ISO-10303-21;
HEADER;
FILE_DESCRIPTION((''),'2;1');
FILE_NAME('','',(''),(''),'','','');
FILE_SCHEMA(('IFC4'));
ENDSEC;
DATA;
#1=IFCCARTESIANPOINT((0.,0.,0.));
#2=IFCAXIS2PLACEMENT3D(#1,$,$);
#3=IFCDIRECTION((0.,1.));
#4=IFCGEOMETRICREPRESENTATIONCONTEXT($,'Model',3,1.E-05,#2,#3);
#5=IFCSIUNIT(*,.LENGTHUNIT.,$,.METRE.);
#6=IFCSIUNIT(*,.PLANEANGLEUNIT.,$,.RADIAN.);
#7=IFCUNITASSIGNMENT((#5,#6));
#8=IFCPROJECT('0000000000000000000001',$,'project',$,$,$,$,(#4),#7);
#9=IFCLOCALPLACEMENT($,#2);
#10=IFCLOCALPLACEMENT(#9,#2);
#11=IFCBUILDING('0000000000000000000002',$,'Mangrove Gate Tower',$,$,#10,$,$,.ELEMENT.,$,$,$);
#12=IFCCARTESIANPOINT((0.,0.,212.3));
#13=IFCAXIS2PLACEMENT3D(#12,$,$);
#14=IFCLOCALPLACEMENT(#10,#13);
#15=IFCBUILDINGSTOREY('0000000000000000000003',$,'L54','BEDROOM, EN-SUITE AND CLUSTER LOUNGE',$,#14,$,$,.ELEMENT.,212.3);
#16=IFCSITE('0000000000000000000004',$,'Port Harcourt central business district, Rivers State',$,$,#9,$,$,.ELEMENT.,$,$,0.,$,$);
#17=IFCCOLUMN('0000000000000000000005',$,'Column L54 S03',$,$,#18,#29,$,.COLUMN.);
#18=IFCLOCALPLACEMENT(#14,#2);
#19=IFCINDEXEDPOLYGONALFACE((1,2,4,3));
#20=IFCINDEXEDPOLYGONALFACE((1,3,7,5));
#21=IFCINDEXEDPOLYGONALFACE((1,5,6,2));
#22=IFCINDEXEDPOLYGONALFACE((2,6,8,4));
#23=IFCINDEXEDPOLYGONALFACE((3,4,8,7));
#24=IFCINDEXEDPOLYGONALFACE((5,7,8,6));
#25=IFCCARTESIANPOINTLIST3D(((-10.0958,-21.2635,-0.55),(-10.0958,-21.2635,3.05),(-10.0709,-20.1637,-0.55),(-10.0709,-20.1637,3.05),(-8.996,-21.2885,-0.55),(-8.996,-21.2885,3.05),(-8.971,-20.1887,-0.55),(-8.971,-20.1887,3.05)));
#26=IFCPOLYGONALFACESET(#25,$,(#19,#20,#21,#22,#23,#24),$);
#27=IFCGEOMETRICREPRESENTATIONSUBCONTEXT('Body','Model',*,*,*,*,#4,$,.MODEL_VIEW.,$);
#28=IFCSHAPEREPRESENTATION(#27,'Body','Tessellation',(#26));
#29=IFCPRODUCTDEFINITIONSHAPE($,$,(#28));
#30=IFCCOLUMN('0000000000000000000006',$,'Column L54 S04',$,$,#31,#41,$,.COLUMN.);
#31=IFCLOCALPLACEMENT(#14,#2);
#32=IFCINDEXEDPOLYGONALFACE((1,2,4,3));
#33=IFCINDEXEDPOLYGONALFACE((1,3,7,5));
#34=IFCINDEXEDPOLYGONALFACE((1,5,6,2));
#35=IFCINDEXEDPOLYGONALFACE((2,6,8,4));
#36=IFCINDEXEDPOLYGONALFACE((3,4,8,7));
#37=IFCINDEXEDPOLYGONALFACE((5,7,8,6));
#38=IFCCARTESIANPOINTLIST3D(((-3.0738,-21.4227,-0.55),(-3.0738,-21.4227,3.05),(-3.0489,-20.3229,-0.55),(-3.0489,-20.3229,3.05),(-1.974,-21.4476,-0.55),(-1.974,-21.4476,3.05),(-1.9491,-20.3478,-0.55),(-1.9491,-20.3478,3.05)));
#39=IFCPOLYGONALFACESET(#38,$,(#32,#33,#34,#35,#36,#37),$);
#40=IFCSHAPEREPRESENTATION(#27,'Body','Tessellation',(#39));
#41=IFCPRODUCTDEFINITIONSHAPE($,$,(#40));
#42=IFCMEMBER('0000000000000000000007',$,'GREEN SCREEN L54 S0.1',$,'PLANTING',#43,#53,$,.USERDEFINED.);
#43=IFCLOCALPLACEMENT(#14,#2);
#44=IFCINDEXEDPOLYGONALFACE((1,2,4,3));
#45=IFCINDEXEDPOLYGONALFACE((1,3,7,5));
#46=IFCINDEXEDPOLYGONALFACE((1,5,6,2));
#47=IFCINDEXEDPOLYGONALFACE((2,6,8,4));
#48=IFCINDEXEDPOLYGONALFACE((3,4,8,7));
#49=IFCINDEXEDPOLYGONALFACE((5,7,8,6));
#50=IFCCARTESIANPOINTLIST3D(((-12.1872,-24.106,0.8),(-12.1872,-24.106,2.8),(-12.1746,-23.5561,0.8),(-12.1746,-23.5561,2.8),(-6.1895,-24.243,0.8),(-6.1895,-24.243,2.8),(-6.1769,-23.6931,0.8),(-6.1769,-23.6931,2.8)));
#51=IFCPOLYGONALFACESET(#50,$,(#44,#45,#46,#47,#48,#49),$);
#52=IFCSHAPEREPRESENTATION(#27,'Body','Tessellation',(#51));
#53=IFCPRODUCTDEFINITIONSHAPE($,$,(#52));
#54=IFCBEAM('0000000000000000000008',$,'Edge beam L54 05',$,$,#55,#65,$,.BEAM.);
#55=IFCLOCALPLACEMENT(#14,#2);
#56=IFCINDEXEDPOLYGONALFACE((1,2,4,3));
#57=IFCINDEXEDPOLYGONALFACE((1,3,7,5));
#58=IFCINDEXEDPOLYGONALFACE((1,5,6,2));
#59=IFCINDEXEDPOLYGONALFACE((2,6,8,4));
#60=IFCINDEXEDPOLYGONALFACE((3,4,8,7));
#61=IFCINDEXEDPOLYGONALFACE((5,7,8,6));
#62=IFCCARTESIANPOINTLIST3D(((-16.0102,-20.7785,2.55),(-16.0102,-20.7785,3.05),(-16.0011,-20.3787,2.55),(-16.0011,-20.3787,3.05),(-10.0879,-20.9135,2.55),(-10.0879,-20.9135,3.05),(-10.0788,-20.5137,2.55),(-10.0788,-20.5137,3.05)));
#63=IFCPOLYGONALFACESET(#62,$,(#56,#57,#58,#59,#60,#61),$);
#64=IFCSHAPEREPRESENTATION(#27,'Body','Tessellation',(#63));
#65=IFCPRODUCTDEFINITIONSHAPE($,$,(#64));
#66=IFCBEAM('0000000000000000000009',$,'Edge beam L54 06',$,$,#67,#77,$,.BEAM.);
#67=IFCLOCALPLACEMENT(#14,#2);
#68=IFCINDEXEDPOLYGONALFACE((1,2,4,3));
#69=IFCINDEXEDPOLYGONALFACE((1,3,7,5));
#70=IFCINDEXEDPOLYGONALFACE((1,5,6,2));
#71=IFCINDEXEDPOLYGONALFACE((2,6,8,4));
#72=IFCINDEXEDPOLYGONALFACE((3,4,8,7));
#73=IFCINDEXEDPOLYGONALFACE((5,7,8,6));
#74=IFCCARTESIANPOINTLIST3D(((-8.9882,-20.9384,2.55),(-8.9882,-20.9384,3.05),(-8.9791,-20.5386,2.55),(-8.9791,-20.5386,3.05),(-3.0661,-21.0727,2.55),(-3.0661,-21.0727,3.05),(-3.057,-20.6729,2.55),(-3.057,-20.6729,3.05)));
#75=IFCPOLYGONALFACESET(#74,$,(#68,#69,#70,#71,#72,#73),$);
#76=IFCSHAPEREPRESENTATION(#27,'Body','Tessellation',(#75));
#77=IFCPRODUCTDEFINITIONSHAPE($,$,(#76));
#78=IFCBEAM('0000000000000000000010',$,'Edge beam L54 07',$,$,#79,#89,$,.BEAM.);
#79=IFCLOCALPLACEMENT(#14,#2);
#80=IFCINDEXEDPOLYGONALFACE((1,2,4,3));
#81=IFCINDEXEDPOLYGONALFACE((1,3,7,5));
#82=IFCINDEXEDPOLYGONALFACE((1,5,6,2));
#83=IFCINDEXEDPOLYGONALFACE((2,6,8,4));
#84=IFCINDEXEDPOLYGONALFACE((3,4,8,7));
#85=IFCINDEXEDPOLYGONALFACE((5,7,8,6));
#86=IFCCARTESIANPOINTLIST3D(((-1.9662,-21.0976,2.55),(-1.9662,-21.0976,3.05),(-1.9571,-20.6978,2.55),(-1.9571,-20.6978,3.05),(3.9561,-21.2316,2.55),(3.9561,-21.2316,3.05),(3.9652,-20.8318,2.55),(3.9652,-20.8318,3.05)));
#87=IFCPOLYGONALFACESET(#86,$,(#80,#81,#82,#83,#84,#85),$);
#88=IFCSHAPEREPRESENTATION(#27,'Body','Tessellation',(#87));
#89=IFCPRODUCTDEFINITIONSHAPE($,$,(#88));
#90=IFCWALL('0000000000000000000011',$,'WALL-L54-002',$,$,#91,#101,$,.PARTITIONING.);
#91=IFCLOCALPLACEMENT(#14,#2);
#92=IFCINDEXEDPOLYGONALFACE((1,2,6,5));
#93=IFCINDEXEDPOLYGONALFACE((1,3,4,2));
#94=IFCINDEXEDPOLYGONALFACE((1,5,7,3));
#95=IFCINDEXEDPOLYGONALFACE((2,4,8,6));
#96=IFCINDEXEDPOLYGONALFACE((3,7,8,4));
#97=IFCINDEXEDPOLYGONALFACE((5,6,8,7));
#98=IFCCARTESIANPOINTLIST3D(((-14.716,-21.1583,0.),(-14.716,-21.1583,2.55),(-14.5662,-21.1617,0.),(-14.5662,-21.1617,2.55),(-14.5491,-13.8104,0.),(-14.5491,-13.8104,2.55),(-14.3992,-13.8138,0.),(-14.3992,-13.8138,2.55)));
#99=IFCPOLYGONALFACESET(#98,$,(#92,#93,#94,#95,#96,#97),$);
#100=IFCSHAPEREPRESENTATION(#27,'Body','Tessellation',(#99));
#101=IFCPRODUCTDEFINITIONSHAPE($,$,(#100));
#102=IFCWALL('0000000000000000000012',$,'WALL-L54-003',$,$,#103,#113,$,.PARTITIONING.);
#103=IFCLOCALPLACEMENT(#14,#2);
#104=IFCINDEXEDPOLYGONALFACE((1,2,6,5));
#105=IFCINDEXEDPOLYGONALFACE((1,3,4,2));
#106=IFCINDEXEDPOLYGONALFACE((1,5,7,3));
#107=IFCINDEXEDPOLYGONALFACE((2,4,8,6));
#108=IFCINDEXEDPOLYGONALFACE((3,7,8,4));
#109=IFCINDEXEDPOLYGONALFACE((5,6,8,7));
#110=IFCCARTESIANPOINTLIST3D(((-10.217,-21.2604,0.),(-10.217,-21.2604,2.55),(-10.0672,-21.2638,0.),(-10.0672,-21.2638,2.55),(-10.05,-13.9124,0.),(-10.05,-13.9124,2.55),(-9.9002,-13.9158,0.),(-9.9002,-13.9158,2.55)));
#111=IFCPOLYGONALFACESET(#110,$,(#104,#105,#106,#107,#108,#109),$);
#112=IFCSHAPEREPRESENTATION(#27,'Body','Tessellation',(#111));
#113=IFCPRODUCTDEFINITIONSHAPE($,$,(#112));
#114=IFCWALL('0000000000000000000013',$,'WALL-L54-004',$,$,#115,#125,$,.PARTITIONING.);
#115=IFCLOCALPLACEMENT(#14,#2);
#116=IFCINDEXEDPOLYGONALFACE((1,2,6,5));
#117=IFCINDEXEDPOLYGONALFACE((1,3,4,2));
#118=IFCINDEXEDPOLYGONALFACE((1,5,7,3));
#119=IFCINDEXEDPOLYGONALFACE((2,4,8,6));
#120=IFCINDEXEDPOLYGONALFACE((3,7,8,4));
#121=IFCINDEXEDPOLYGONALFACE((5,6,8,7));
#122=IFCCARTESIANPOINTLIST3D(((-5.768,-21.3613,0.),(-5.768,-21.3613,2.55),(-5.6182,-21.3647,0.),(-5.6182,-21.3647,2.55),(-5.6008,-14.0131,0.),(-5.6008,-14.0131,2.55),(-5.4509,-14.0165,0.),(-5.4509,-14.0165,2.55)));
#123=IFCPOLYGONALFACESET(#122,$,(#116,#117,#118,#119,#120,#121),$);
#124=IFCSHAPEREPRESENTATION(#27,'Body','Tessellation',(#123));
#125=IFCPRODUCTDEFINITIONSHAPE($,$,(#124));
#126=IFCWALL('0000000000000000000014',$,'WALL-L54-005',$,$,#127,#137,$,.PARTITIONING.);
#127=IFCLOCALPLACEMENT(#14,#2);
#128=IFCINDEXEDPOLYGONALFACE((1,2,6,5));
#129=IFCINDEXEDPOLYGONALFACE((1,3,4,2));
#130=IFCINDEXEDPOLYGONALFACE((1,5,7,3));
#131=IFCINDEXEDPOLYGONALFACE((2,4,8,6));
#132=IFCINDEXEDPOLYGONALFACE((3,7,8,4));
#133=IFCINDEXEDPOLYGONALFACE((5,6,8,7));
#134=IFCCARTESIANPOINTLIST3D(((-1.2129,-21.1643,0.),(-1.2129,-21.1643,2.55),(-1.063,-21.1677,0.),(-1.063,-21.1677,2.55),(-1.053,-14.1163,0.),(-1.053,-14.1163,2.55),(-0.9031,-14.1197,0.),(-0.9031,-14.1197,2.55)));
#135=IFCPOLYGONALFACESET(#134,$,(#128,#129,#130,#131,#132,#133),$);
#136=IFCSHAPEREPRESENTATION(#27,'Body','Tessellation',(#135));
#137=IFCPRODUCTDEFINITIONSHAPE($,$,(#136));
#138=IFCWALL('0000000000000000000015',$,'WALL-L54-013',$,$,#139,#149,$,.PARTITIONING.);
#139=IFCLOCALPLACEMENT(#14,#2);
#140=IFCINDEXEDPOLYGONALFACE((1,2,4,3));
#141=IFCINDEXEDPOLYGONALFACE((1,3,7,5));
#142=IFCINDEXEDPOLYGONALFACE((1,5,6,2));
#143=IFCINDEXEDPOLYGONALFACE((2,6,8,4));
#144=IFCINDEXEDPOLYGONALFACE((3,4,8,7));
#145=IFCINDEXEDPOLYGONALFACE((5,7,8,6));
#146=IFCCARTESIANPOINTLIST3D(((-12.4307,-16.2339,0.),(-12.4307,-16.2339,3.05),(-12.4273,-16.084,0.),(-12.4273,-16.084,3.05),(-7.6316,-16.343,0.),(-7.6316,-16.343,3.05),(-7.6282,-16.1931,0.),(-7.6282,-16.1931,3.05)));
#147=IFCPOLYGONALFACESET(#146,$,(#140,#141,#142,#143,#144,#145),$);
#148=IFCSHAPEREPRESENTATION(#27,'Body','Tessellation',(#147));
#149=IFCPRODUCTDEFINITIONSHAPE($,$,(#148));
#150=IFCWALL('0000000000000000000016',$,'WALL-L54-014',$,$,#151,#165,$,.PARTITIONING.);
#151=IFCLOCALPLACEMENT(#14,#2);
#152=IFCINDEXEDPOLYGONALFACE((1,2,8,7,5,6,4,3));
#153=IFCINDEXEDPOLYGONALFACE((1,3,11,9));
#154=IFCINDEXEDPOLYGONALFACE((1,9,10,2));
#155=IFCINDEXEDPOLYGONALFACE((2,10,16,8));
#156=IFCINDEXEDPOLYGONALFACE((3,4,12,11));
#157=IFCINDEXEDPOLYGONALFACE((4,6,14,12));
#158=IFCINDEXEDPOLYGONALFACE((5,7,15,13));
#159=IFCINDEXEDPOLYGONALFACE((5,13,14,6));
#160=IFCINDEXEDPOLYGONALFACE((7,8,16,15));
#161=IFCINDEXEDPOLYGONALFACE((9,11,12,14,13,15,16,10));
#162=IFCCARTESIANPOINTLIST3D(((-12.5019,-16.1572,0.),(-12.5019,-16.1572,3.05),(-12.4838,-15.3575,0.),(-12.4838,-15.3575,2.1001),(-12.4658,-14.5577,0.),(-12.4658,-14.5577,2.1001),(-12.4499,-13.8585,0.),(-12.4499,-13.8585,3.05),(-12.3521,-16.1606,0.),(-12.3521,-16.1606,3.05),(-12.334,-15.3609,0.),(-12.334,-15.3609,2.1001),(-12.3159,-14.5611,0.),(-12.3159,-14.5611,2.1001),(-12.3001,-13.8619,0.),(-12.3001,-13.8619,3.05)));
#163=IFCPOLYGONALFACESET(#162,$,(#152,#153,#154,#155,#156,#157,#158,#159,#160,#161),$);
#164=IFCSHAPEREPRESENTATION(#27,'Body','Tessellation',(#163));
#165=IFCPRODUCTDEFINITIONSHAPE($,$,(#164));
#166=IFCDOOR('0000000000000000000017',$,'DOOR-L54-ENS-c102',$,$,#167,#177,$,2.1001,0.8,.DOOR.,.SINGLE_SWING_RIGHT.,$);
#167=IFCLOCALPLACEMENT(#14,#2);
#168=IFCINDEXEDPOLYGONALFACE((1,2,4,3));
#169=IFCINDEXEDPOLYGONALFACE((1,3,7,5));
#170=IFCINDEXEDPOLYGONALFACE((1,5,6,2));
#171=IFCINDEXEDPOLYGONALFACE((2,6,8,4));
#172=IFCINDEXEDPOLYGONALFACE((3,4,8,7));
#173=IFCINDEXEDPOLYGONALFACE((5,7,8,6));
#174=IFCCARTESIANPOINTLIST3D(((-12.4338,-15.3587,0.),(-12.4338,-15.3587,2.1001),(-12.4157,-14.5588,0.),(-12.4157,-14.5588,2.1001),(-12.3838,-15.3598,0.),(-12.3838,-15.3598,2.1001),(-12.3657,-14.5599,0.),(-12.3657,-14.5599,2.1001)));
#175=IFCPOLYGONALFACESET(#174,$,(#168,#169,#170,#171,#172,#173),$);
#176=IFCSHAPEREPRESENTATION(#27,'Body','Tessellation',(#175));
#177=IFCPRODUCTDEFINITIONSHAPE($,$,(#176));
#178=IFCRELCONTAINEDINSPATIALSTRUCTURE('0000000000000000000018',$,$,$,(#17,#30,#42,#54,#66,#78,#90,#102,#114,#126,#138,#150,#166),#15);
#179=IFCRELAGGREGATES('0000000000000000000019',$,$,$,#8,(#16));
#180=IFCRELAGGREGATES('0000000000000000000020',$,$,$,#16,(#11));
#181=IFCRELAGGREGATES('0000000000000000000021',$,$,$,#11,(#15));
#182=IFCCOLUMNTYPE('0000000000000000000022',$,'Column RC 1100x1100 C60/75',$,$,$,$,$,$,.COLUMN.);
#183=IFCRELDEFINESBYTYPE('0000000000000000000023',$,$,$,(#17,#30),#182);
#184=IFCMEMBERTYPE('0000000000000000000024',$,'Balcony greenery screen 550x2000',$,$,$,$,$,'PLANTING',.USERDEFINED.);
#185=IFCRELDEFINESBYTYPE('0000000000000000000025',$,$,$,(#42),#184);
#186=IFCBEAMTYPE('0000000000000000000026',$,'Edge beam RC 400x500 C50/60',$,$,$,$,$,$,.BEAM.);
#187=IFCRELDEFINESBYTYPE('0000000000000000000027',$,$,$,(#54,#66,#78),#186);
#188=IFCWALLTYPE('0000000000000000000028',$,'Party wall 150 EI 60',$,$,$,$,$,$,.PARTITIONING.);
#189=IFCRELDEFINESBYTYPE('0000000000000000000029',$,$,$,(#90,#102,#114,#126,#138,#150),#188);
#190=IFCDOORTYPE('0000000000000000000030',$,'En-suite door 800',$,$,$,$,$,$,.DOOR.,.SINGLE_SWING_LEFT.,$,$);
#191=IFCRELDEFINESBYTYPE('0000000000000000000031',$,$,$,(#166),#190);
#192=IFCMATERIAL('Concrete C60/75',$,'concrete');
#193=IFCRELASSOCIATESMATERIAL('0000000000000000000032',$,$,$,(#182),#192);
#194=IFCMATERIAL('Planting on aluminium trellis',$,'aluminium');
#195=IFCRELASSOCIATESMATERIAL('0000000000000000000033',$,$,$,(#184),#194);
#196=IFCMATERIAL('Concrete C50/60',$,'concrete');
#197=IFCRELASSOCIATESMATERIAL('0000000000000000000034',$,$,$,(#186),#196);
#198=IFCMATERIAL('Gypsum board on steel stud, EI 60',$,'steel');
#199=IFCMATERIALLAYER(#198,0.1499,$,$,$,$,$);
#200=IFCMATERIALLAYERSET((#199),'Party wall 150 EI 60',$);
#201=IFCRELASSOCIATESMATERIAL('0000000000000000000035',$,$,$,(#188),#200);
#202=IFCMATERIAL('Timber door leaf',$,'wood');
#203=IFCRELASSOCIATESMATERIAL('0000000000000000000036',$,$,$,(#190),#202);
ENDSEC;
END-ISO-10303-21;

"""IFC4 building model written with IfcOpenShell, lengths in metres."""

from ifc_helpers import new_model, si_unit, direction, frame, frame_2d, origin, origin_2d, place, context, subcontext, project, spatial, rectangle, extrude, material, layer, layer_set, material_profile, profile_set, type_object, element, fill, save


model = new_model("IFC4")

# Units and contexts
model_context = context("Model", 3, precision=1e-05, world=origin(), true_north=direction((0.0, 1.0)))
body_context = subcontext(model_context, "Body", "Model", "MODEL_VIEW")
ifc_project = project(units=[si_unit("LENGTHUNIT", "METRE"), si_unit("PLANEANGLEUNIT", "RADIAN")], contexts=[model_context])

# Site, building, storey
site_placement = place(None, origin())
site = spatial("IfcSite", under=ifc_project, at=site_placement, Name="Port Harcourt central business district, Rivers State", CompositionType="ELEMENT", RefElevation=0.0)
building_placement = place(site_placement, origin())
building = spatial("IfcBuilding", under=site, at=building_placement, Name="Mangrove Gate Tower", CompositionType="ELEMENT")
storey_placement = place(building_placement, frame((0.0, 0.0, 212.3)))
storey = spatial("IfcBuildingStorey", under=building, at=storey_placement, Name="L54", Description="BEDROOM, EN-SUITE AND CLUSTER LOUNGE", CompositionType="ELEMENT", Elevation=212.3)

# Columns
ifc_material_1 = material(Name="Concrete C60/75", Category="concrete")
ifc_material_profile_1 = material_profile(ifc_material_1, rectangle(XDim=1.1001, YDim=1.1001, at=origin_2d()))
ifc_profile_set_1 = profile_set([ifc_material_profile_1], Name="Concrete C60/75")
column_type = type_object("IfcColumnType", Name="Column RC 1100x1100 C60/75", PredefinedType="COLUMN", material=ifc_profile_set_1)
for number, where, z_axis, x_axis, name in (
    (1, (-9.5334, -20.7261, -0.55), (0.0, 0.0, 1.0), (0.999742, -0.022708, 0.0), "Column L54 S03"),
    (2, (-2.5115, -20.8853, -0.55), (0.0, 0.0, 1.0), (0.999744, -0.022637, 0.0), "Column L54 S04"),
):
    element("IfcColumn", number, at=place(storey_placement, frame(where, z_axis=z_axis, x_axis=x_axis)), inside=storey, type_object=column_type, Name=name, PredefinedType="COLUMN", context=body_context, shape_type="SweptSolid", body=[
        extrude(rectangle(XDim=1.1001, YDim=1.1001, at=origin_2d()), origin(), (0.0, 0.0, 1.0), 3.6001),
    ])

# Member
ifc_material_2 = material(Name="Planting on aluminium trellis", Category="aluminium")
ifc_material_profile_2 = material_profile(ifc_material_2, rectangle(XDim=0.55, YDim=2.0, at=origin_2d()))
ifc_profile_set_2 = profile_set([ifc_material_profile_2], Name="Planting on aluminium trellis")
member_type = type_object("IfcMemberType", Name="Balcony greenery screen 550x2000", ElementType="PLANTING", PredefinedType="USERDEFINED", material=ifc_profile_set_2)
member_placement = place(storey_placement, frame((-12.1809, -23.8311, 1.8), z_axis=(0.999739, -0.02283, 0.0), x_axis=(0.02283, 0.999739, 0.0)))
element("IfcMember", 3, at=member_placement, inside=storey, type_object=member_type, Name="GREEN SCREEN L54 S0.1", ObjectType="PLANTING", PredefinedType="USERDEFINED", context=body_context, shape_type="SweptSolid", body=[
    extrude(rectangle(XDim=0.55, YDim=2.0, at=origin_2d()), origin(), (0.0, 0.0, 1.0), 5.9993),
])

# Beams
ifc_material_3 = material(Name="Concrete C50/60", Category="concrete")
ifc_material_profile_3 = material_profile(ifc_material_3, rectangle(XDim=0.3999, YDim=0.5, at=origin_2d()))
ifc_profile_set_3 = profile_set([ifc_material_profile_3], Name="Concrete C50/60")
beam_type = type_object("IfcBeamType", Name="Edge beam RC 400x500 C50/60", PredefinedType="BEAM", material=ifc_profile_set_3)
beam_1_placement = place(storey_placement, frame((-16.0056, -20.5786, 2.8), z_axis=(0.99974, -0.022791, 0.0), x_axis=(0.022791, 0.99974, 0.0)))
element("IfcBeam", 4, at=beam_1_placement, inside=storey, type_object=beam_type, Name="Edge beam L54 05", PredefinedType="BEAM", context=body_context, shape_type="SweptSolid", body=[
    extrude(rectangle(XDim=0.3999, YDim=0.5, at=origin_2d()), origin(), (0.0, 0.0, 1.0), 5.9238),
])
beam_2_placement = place(storey_placement, frame((-8.9836, -20.7385, 2.8), z_axis=(0.999743, -0.022668, 0.0), x_axis=(0.022668, 0.999743, 0.0)))
element("IfcBeam", 5, at=beam_2_placement, inside=storey, type_object=beam_type, Name="Edge beam L54 06", PredefinedType="BEAM", context=body_context, shape_type="SweptSolid", body=[
    extrude(rectangle(XDim=0.3999, YDim=0.5, at=origin_2d()), origin(), (0.0, 0.0, 1.0), 5.9236),
])
beam_3_placement = place(storey_placement, frame((-1.9617, -20.8977, 2.8), z_axis=(0.999744, -0.022626, 0.0), x_axis=(0.022626, 0.999744, 0.0)))
element("IfcBeam", 6, at=beam_3_placement, inside=storey, type_object=beam_type, Name="Edge beam L54 07", PredefinedType="BEAM", context=body_context, shape_type="SweptSolid", body=[
    extrude(rectangle(XDim=0.3999, YDim=0.5, at=origin_2d()), origin(), (0.0, 0.0, 1.0), 5.9238),
])

# Walls
ifc_material_4 = material(Name="Gypsum board on steel stud, EI 60", Category="steel")
ifc_layer_1 = layer(ifc_material_4, 0.1499)
ifc_layer_set_1 = layer_set([ifc_layer_1], Name="Party wall 150 EI 60")
wall_type_1 = type_object("IfcWallType", Name="Party wall 150 EI 60", PredefinedType="PARTITIONING", material=ifc_layer_set_1)
for number, where, z_axis, x_axis, name in (
    (7, (-14.6411, -21.1599, 0.0), (0.0, 0.0, 1.0), (0.022721, 0.999742, 0.0), "WALL-L54-002"),
    (8, (-10.1421, -21.262, 0.0), (0.0, 0.0, 1.0), (0.022721, 0.999742, 0.0), "WALL-L54-003"),
):
    element("IfcWall", number, at=place(storey_placement, frame(where, z_axis=z_axis, x_axis=x_axis)), inside=storey, type_object=wall_type_1, Name=name, PredefinedType="PARTITIONING", context=body_context, shape_type="SweptSolid", body=[
        extrude(rectangle(XDim=7.3499, YDim=0.1499, at=frame_2d((3.6748, 0.0))), origin(), (0.0, 0.0, 1.0), 2.55),
    ])
wall_1_placement = place(storey_placement, frame((-5.6931, -21.363, 0.0), z_axis=(0.0, 0.0, 1.0), x_axis=(0.022753, 0.999741, 0.0)))
element("IfcWall", 9, at=wall_1_placement, inside=storey, type_object=wall_type_1, Name="WALL-L54-004", PredefinedType="PARTITIONING", context=body_context, shape_type="SweptSolid", body=[
    extrude(rectangle(XDim=7.3501, YDim=0.1499, at=frame_2d((3.675, 0.0))), origin(), (0.0, 0.0, 1.0), 2.55),
])
wall_2_placement = place(storey_placement, frame((-1.1379, -21.166, 0.0), z_axis=(0.0, 0.0, 1.0), x_axis=(0.022683, 0.999743, 0.0)))
element("IfcWall", 10, at=wall_2_placement, inside=storey, type_object=wall_type_1, Name="WALL-L54-005", PredefinedType="PARTITIONING", context=body_context, shape_type="SweptSolid", body=[
    extrude(rectangle(XDim=7.0498, YDim=0.1499, at=frame_2d((3.5249, 0.0))), origin(), (0.0, 0.0, 1.0), 2.55),
])
wall_3_placement = place(storey_placement, frame((-12.429, -16.1589, 0.0), z_axis=(0.0, 0.0, 1.0), x_axis=(0.999742, -0.022734, 0.0)))
element("IfcWall", 11, at=wall_3_placement, inside=storey, type_object=wall_type_1, Name="WALL-L54-013", PredefinedType="PARTITIONING", context=body_context, shape_type="SweptSolid", body=[
    extrude(rectangle(XDim=4.8003, YDim=0.1499, at=frame_2d((2.4001, 0.0))), origin(), (0.0, 0.0, 1.0), 3.05),
])

# Wall, opening, door
wall_4_placement = place(storey_placement, frame((-12.427, -16.1589, 0.0), z_axis=(0.0, 0.0, 1.0), x_axis=(0.022615, 0.999744, 0.0)))
wall_4 = element("IfcWall", 12, at=wall_4_placement, inside=storey, type_object=wall_type_1, Name="WALL-L54-014", PredefinedType="PARTITIONING", context=body_context, shape_type="SweptSolid", body=[
    extrude(rectangle(XDim=2.2993, YDim=0.1499, at=frame_2d((1.1497, 0.0))), origin(), (0.0, 0.0, 1.0), 3.05),
])
opening_1_placement = place(wall_4_placement, frame((0.8, 0.0, 0.0)))
opening_1 = element("IfcOpeningElement", 13, at=opening_1_placement, cuts=wall_4, PredefinedType="OPENING", context=body_context, shape_type="SweptSolid", body=[
    extrude(rectangle(XDim=0.8, YDim=2.1001, at=frame_2d((0.3999, 1.05))), frame((0.0, 0.085, 0.0), z_axis=(0.0, -1.0, 0.0), x_axis=(1.0, 0.0, 0.0)), (0.0, 0.0, 1.0), 0.1699),
])
ifc_material_5 = material(Name="Timber door leaf", Category="wood")
door_type = type_object("IfcDoorType", Name="En-suite door 800", OperationType="SINGLE_SWING_LEFT", PredefinedType="DOOR", material=ifc_material_5)
door_1_placement = place(opening_1_placement, origin())
door_1 = element("IfcDoor", 14, at=door_1_placement, inside=storey, type_object=door_type, Name="DOOR-L54-ENS-c102", OperationType="SINGLE_SWING_RIGHT", OverallHeight=2.1001, OverallWidth=0.8, PredefinedType="DOOR", context=body_context, shape_type="SweptSolid", body=[
    extrude(rectangle(XDim=0.8, YDim=2.1001, at=frame_2d((0.3999, 1.05))), frame((0.0, 0.0249, 0.0), z_axis=(0.0, -1.0, 0.0), x_axis=(1.0, 0.0, 0.0)), (0.0, 0.0, 1.0), 0.05),
])
fill(opening_1, door_1)

save(model, "model.ifc")
